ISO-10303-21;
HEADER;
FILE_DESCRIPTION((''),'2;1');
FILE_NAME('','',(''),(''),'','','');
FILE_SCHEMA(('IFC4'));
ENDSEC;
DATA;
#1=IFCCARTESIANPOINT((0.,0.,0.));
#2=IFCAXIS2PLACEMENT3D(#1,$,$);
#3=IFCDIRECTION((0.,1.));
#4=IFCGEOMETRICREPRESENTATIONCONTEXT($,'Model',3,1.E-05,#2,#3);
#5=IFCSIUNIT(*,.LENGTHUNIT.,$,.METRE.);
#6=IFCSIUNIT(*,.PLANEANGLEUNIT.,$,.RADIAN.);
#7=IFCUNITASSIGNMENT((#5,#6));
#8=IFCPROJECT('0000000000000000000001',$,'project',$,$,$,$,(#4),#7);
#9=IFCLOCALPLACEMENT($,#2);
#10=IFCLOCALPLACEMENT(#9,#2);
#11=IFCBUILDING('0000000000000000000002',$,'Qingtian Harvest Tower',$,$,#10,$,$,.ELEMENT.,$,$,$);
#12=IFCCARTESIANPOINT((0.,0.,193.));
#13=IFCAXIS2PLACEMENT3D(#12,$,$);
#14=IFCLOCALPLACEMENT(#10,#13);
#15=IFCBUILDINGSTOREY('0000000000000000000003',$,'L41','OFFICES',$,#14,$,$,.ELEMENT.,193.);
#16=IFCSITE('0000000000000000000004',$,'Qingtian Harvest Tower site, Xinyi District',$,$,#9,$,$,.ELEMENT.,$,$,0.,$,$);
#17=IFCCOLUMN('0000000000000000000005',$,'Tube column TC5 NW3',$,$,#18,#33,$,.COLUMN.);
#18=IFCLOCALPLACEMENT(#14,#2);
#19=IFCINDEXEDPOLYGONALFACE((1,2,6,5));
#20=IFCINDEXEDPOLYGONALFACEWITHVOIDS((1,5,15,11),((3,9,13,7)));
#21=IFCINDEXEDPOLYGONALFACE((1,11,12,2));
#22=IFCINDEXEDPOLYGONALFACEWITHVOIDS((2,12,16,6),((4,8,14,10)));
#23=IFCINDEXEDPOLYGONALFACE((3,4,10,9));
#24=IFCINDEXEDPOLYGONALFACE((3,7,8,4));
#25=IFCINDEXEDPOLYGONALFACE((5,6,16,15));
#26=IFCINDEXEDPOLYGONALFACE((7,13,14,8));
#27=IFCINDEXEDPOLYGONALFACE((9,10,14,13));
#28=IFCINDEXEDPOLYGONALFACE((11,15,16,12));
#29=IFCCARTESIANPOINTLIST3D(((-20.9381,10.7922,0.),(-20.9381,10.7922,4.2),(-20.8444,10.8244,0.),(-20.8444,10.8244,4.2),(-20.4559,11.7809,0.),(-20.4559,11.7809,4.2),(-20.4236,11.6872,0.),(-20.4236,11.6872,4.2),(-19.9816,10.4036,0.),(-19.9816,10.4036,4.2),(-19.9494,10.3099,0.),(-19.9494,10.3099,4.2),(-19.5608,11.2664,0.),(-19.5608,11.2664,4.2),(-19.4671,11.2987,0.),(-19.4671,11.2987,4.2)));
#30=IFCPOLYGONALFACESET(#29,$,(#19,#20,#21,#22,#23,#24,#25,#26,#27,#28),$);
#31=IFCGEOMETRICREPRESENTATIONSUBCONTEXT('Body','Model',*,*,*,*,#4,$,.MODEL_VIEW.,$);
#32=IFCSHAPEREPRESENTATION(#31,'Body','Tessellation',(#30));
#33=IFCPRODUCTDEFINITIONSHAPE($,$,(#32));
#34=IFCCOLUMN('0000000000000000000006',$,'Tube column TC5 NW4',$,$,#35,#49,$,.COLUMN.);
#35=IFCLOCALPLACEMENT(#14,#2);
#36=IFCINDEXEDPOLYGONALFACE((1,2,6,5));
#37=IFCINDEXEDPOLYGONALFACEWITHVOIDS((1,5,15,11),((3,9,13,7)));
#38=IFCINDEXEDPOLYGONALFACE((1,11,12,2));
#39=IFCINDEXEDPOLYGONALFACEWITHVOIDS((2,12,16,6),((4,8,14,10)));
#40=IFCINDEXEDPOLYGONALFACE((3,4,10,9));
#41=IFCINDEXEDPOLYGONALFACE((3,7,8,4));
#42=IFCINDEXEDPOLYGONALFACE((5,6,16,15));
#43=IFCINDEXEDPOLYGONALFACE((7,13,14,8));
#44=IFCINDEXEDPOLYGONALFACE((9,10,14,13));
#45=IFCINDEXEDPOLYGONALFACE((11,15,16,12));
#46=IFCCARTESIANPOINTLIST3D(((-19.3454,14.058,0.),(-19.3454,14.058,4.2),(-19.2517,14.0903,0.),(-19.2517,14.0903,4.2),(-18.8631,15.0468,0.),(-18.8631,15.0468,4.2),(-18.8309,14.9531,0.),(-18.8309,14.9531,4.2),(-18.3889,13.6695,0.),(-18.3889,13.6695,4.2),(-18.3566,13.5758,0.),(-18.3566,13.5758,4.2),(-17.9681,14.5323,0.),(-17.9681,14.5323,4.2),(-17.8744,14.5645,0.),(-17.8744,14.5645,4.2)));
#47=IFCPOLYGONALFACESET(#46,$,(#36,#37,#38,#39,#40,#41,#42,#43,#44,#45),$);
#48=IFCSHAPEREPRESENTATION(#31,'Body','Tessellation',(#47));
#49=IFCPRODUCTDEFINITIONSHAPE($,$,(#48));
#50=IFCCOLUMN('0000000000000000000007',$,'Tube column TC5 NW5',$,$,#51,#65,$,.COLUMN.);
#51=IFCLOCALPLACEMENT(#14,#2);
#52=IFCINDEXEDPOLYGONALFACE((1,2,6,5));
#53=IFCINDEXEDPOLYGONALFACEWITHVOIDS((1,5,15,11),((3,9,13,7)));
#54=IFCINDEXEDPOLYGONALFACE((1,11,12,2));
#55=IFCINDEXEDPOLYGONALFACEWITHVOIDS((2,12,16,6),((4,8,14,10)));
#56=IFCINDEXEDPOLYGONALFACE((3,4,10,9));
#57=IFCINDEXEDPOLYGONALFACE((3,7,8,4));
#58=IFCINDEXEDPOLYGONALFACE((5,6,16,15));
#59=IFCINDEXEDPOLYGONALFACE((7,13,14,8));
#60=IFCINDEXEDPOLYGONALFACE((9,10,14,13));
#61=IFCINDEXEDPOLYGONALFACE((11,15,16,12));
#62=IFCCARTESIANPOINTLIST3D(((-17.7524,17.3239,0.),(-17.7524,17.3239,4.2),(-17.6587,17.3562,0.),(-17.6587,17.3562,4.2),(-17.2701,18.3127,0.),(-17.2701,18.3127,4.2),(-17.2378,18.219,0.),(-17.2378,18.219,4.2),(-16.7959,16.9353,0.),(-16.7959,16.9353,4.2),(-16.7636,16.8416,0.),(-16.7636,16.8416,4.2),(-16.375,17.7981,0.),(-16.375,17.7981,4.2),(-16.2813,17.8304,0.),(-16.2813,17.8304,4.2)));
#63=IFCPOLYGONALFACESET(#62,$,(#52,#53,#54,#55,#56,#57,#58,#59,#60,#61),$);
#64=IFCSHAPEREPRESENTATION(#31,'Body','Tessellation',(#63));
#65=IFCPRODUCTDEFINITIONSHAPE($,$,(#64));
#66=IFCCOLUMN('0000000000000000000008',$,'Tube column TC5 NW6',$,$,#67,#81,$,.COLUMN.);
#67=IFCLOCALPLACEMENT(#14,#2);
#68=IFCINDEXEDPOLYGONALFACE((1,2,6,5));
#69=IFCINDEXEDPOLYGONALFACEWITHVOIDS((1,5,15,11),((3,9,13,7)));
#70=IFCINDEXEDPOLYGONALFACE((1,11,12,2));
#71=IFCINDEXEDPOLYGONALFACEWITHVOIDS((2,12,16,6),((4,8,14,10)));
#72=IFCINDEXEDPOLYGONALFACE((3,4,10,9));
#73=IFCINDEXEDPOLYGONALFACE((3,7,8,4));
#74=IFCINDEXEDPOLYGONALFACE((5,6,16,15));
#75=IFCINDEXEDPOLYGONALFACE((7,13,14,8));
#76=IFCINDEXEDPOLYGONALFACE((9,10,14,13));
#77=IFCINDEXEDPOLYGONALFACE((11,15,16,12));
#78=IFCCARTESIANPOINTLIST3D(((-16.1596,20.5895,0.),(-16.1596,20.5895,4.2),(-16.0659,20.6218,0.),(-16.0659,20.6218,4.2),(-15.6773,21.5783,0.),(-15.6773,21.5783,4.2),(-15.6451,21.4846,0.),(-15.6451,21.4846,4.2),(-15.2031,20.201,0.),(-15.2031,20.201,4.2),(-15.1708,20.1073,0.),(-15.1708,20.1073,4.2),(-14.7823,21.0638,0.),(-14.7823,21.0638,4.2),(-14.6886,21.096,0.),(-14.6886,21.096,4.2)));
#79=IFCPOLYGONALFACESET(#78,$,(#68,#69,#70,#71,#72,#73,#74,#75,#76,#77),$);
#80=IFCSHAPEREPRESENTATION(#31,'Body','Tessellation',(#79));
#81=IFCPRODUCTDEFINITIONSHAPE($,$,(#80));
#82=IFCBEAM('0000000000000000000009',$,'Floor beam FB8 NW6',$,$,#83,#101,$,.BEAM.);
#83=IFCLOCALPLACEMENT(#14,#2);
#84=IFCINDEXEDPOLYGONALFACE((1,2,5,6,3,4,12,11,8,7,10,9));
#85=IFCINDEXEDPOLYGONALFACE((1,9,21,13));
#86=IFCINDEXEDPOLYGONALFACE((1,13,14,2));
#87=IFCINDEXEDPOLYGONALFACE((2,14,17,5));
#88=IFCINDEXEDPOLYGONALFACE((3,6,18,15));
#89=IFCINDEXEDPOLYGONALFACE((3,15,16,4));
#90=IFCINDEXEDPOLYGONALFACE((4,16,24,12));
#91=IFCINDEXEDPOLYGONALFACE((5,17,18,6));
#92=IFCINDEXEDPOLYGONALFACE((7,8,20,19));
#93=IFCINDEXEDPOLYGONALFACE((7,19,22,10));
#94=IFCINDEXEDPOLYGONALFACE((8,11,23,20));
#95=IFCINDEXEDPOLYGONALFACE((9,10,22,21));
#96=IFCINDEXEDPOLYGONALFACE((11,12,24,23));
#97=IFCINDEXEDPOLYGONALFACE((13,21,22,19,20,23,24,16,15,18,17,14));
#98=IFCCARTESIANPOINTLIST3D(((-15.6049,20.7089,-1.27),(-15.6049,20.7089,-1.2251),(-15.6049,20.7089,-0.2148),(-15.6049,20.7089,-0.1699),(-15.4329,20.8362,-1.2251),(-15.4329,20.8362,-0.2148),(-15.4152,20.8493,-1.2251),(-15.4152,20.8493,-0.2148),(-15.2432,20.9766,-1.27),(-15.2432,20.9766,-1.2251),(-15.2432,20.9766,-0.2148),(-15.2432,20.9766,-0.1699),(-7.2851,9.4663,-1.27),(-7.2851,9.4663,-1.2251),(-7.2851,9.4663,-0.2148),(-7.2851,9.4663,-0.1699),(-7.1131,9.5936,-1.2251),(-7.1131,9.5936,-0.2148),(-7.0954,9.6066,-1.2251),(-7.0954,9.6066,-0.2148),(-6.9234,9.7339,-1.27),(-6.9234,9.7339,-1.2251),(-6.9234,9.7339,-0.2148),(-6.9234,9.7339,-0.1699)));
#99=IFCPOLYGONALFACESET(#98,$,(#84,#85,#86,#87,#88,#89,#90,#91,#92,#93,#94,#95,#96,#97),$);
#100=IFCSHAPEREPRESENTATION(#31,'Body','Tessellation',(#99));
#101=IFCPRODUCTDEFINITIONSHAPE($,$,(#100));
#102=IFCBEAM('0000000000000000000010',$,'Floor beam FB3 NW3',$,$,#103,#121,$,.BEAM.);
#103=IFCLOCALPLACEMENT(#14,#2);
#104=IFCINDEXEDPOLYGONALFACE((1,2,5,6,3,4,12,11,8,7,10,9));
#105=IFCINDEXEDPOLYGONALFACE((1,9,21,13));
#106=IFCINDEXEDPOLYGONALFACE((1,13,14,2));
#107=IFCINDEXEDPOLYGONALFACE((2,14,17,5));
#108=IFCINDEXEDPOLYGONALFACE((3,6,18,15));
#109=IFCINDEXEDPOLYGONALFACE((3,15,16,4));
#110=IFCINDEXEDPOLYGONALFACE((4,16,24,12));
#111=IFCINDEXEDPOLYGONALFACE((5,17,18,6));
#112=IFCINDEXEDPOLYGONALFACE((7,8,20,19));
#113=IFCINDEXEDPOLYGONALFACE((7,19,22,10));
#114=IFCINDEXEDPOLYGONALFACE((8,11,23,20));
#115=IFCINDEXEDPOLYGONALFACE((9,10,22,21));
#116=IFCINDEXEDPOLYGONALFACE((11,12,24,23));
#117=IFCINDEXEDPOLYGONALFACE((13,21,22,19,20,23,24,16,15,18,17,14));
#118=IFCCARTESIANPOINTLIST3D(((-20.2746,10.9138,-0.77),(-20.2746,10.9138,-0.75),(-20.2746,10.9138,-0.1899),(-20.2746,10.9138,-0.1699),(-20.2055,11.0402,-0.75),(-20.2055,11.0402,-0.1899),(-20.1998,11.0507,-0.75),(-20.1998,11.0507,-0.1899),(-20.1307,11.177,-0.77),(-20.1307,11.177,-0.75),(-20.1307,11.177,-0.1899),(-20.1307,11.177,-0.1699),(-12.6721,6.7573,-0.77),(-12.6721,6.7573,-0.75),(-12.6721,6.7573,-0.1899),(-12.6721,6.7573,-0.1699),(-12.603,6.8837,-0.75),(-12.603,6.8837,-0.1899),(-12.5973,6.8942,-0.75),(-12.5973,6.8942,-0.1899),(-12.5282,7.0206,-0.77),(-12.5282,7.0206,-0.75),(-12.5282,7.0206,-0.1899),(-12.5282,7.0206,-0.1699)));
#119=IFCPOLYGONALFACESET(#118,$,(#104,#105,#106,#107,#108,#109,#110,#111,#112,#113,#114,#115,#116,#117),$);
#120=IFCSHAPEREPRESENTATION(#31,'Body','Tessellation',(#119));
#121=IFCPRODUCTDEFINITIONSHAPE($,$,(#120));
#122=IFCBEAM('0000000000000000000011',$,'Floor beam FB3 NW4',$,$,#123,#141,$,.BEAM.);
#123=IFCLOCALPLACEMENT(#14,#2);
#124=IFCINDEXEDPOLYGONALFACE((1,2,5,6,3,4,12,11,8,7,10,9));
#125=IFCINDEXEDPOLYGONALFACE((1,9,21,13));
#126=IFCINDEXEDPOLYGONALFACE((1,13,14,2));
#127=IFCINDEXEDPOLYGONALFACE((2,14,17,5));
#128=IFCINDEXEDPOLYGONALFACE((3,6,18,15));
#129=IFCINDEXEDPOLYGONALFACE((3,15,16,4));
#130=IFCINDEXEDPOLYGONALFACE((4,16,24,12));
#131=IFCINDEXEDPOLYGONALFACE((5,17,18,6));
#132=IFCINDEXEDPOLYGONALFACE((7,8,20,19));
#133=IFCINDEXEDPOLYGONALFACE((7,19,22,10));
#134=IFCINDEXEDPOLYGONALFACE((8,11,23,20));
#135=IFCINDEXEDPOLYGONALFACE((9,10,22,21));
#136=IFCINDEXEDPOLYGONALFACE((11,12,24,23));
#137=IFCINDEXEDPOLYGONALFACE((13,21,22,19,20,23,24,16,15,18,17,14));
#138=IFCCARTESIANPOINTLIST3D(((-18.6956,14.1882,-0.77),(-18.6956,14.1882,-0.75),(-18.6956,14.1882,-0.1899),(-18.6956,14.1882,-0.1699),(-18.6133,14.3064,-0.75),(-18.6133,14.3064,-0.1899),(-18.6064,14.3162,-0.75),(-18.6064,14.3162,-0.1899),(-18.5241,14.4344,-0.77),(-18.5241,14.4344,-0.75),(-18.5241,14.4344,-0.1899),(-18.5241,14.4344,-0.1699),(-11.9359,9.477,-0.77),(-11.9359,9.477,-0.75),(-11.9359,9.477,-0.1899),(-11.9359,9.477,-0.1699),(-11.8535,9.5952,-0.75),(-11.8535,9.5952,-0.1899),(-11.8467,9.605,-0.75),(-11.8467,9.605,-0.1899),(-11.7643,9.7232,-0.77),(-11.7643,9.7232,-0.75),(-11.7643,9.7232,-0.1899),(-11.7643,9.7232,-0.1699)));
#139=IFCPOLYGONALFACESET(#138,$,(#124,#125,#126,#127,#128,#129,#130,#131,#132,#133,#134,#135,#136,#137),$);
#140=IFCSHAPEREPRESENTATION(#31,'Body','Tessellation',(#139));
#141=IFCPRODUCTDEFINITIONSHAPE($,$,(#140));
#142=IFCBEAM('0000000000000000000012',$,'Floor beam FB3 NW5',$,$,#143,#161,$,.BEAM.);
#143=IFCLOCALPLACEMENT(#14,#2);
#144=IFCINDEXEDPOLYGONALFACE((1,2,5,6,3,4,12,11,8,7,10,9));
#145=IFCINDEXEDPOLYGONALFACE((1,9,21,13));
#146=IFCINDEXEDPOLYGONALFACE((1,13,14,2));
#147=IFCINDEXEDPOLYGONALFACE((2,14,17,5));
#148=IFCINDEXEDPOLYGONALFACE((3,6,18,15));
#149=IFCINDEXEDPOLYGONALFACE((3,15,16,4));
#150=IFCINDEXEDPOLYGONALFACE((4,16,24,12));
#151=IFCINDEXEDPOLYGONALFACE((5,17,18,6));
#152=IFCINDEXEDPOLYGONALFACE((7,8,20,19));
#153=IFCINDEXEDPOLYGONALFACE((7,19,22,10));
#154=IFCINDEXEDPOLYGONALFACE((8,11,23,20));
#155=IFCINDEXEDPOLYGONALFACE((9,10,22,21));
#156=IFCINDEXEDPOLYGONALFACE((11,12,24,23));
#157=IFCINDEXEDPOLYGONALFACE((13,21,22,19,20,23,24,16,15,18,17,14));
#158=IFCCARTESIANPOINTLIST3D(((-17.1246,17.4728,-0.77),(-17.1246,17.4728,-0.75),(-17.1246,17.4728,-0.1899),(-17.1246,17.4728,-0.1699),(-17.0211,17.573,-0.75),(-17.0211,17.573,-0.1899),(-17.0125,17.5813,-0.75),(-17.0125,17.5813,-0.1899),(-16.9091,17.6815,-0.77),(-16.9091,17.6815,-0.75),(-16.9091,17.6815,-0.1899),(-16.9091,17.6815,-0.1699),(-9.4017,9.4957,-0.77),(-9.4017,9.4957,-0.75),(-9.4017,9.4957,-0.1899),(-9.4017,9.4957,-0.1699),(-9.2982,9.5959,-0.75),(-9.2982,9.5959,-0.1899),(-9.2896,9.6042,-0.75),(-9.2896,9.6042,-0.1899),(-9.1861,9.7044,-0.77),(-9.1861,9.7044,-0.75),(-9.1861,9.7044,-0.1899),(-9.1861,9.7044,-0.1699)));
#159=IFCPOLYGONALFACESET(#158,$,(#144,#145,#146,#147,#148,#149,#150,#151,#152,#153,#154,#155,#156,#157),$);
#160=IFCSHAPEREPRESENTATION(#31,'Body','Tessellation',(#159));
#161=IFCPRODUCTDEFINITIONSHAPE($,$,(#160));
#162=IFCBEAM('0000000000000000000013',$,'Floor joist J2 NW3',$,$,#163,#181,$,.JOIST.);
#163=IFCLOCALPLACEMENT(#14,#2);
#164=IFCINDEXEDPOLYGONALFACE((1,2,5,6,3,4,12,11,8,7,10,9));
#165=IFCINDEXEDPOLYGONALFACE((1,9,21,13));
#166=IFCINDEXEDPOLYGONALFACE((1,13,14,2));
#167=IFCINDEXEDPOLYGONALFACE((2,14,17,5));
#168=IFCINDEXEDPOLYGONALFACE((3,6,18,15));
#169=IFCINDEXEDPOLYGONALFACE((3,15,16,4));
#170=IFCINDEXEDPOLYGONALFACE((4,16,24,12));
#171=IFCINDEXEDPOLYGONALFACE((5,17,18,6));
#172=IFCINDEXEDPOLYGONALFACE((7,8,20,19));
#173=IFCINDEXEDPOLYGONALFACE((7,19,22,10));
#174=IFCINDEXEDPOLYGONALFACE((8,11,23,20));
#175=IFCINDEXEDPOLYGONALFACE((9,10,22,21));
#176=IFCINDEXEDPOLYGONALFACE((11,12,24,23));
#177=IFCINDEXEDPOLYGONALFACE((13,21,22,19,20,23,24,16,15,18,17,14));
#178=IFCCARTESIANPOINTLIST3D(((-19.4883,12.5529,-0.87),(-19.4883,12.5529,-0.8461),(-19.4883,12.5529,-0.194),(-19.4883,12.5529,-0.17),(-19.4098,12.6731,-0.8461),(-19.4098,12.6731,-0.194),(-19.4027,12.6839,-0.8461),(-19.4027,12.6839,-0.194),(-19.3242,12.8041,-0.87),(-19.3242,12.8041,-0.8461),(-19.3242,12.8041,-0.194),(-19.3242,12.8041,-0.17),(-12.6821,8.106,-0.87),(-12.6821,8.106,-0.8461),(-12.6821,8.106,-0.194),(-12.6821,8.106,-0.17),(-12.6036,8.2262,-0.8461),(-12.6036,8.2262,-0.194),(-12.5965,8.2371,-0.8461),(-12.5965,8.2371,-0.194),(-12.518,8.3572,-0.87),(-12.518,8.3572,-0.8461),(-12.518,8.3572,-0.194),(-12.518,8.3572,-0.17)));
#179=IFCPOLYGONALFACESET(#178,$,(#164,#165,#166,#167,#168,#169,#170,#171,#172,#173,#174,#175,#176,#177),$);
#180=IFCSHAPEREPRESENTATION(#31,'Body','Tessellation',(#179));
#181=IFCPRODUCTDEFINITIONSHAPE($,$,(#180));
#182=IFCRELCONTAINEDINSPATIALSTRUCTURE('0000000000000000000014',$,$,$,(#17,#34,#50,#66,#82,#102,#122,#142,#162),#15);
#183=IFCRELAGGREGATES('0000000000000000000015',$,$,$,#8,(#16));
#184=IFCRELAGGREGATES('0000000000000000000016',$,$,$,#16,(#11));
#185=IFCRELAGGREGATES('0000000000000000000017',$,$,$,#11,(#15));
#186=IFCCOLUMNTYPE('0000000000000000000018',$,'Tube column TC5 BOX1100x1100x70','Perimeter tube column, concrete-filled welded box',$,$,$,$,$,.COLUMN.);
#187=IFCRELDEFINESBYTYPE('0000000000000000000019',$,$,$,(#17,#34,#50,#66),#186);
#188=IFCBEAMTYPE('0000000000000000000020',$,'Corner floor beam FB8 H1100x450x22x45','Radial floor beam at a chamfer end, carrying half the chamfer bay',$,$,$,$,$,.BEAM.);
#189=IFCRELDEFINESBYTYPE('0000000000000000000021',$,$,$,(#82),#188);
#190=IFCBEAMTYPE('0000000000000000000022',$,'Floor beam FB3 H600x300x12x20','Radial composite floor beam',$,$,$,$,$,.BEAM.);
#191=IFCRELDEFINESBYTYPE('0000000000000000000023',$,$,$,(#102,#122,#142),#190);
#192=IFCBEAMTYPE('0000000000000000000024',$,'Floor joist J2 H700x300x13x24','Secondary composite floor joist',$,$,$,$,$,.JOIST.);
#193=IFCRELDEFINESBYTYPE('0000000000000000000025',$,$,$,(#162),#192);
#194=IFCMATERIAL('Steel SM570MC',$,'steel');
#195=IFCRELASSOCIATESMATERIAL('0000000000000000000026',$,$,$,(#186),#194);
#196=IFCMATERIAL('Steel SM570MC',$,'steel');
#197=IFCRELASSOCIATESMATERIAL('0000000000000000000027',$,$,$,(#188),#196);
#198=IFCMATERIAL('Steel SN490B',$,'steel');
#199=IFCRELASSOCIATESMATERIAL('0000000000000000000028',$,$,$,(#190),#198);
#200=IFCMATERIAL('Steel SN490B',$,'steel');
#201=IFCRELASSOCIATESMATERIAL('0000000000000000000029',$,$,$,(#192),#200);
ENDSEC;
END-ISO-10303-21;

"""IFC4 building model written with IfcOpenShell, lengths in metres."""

from ifc_helpers import new_model, si_unit, direction, frame, origin, origin_2d, place, context, subcontext, project, spatial, hollow_rectangle, i_section, extrude, material, material_profile, profile_set, type_object, element, save


model = new_model("IFC4")

# Units and contexts
model_context = context("Model", 3, precision=1e-05, world=origin(), true_north=direction((0.0, 1.0)))
body_context = subcontext(model_context, "Body", "Model", "MODEL_VIEW")
ifc_project = project(units=[si_unit("LENGTHUNIT", "METRE"), si_unit("PLANEANGLEUNIT", "RADIAN")], contexts=[model_context])

# Site, building, storey
site_placement = place(None, origin())
site = spatial("IfcSite", under=ifc_project, at=site_placement, Name="Qingtian Harvest Tower site, Xinyi District", CompositionType="ELEMENT", RefElevation=0.0)
building_placement = place(site_placement, origin())
building = spatial("IfcBuilding", under=site, at=building_placement, Name="Qingtian Harvest Tower", CompositionType="ELEMENT")
storey_placement = place(building_placement, frame((0.0, 0.0, 193.0)))
storey = spatial("IfcBuildingStorey", under=building, at=storey_placement, Name="L41", Description="OFFICES", CompositionType="ELEMENT", Elevation=193.0)

# Columns
ifc_material_1 = material(Name="Steel SM570MC", Category="steel")
ifc_material_profile_1 = material_profile(ifc_material_1, hollow_rectangle(XDim=1.1001, YDim=1.1001, WallThickness=0.0701, at=origin_2d()), Name="BOX1100x1100x70")
ifc_profile_set_1 = profile_set([ifc_material_profile_1], Name="Steel SM570MC")
column_type = type_object("IfcColumnType", Name="Tube column TC5 BOX1100x1100x70", Description="Perimeter tube column, concrete-filled welded box", PredefinedType="COLUMN", material=ifc_profile_set_1)
for number, where, z_axis, x_axis, name in (
    (1, (-20.2026, 11.0454, 0.0), (0.0, 0.0, 1.0), (-0.438371, -0.898794, 0.0), "Tube column TC5 NW3"),
    (2, (-18.6099, 14.3113, 0.0), (0.0, 0.0, 1.0), (-0.438371, -0.898794, 0.0), "Tube column TC5 NW4"),
    (3, (-17.0168, 17.5771, 0.0), (0.0, 0.0, 1.0), (-0.438371, -0.898794, 0.0), "Tube column TC5 NW5"),
    (4, (-15.4241, 20.8428, 0.0), (0.0, 0.0, 1.0), (-0.438371, -0.898794, 0.0), "Tube column TC5 NW6"),
):
    element("IfcColumn", number, at=place(storey_placement, frame(where, z_axis=z_axis, x_axis=x_axis)), inside=storey, type_object=column_type, Name=name, PredefinedType="COLUMN", context=body_context, shape_type="SweptSolid", body=[
        extrude(hollow_rectangle(XDim=1.1001, YDim=1.1001, WallThickness=0.0701, at=origin_2d()), origin(), (0.0, 0.0, 1.0), 4.2),
    ])

# Beams
ifc_material_2 = material(Name="Steel SM570MC", Category="steel")
ifc_material_profile_2 = material_profile(ifc_material_2, i_section(OverallWidth=0.45, OverallDepth=1.1001, WebThickness=0.022, FlangeThickness=0.0449, at=origin_2d()), Name="H1100x450x22x45")
ifc_profile_set_2 = profile_set([ifc_material_profile_2], Name="Steel SM570MC")
beam_type_1 = type_object("IfcBeamType", Name="Corner floor beam FB8 H1100x450x22x45", Description="Radial floor beam at a chamfer end, carrying half the chamfer bay", PredefinedType="BEAM", material=ifc_profile_set_2)
beam_1_placement = place(storey_placement, frame((-15.4241, 20.8428, -0.72), z_axis=(0.594854, -0.803834, 0.0), x_axis=(0.803834, 0.594854, 0.0)))
element("IfcBeam", 5, at=beam_1_placement, inside=storey, type_object=beam_type_1, Name="Floor beam FB8 NW6", PredefinedType="BEAM", context=body_context, shape_type="SweptSolid", body=[
    extrude(i_section(OverallWidth=0.45, OverallDepth=1.1001, WebThickness=0.022, FlangeThickness=0.0449, at=origin_2d()), origin(), (0.0, 0.0, 1.0), 13.9863),
])
ifc_material_3 = material(Name="Steel SN490B", Category="steel")
ifc_material_profile_3 = material_profile(ifc_material_3, i_section(OverallWidth=0.3, OverallDepth=0.6001, WebThickness=0.012, FlangeThickness=0.02, at=origin_2d()), Name="H600x300x12x20")
ifc_profile_set_3 = profile_set([ifc_material_profile_3], Name="Steel SN490B")
beam_type_2 = type_object("IfcBeamType", Name="Floor beam FB3 H600x300x12x20", Description="Radial composite floor beam", PredefinedType="BEAM", material=ifc_profile_set_3)
beam_2_placement = place(storey_placement, frame((-20.2026, 11.0454, -0.47), z_axis=(0.877427, -0.479711, 0.0), x_axis=(0.479711, 0.877427, 0.0)))
element("IfcBeam", 6, at=beam_2_placement, inside=storey, type_object=beam_type_2, Name="Floor beam FB3 NW3", PredefinedType="BEAM", context=body_context, shape_type="SweptSolid", body=[
    extrude(i_section(OverallWidth=0.3, OverallDepth=0.6001, WebThickness=0.012, FlangeThickness=0.02, at=origin_2d()), origin(), (0.0, 0.0, 1.0), 8.6646),
])
beam_3_placement = place(storey_placement, frame((-18.6099, 14.3113, -0.47), z_axis=(0.820408, -0.571779, 0.0), x_axis=(0.571779, 0.820408, 0.0)))
element("IfcBeam", 7, at=beam_3_placement, inside=storey, type_object=beam_type_2, Name="Floor beam FB3 NW4", PredefinedType="BEAM", context=body_context, shape_type="SweptSolid", body=[
    extrude(i_section(OverallWidth=0.3, OverallDepth=0.6001, WebThickness=0.012, FlangeThickness=0.02, at=origin_2d()), origin(), (0.0, 0.0, 1.0), 8.2395),
])
beam_4_placement = place(storey_placement, frame((-17.0168, 17.5771, -0.47), z_axis=(0.695569, -0.718459, 0.0), x_axis=(0.718459, 0.695569, 0.0)))
element("IfcBeam", 8, at=beam_4_placement, inside=storey, type_object=beam_type_2, Name="Floor beam FB3 NW5", PredefinedType="BEAM", context=body_context, shape_type="SweptSolid", body=[
    extrude(i_section(OverallWidth=0.3, OverallDepth=0.6001, WebThickness=0.012, FlangeThickness=0.02, at=origin_2d()), origin(), (0.0, 0.0, 1.0), 11.103),
])
ifc_material_4 = material(Name="Steel SN490B", Category="steel")
ifc_material_profile_4 = material_profile(ifc_material_4, i_section(OverallWidth=0.3, OverallDepth=0.7, WebThickness=0.0129, FlangeThickness=0.0239, at=origin_2d()), Name="H700x300x13x24")
ifc_profile_set_4 = profile_set([ifc_material_profile_4], Name="Steel SN490B")
beam_type_3 = type_object("IfcBeamType", Name="Floor joist J2 H700x300x13x24", Description="Secondary composite floor joist", PredefinedType="JOIST", material=ifc_profile_set_4)
beam_5_placement = place(storey_placement, frame((-19.4062, 12.6785, -0.52), z_axis=(0.837161, -0.546956, 0.0), x_axis=(0.546956, 0.837161, 0.0)))
element("IfcBeam", 9, at=beam_5_placement, inside=storey, type_object=beam_type_3, Name="Floor joist J2 NW3", PredefinedType="JOIST", context=body_context, shape_type="SweptSolid", body=[
    extrude(i_section(OverallWidth=0.3, OverallDepth=0.7, WebThickness=0.0129, FlangeThickness=0.0239, at=origin_2d()), origin(), (0.0, 0.0, 1.0), 8.1301),
])

save(model, "model.ifc")
